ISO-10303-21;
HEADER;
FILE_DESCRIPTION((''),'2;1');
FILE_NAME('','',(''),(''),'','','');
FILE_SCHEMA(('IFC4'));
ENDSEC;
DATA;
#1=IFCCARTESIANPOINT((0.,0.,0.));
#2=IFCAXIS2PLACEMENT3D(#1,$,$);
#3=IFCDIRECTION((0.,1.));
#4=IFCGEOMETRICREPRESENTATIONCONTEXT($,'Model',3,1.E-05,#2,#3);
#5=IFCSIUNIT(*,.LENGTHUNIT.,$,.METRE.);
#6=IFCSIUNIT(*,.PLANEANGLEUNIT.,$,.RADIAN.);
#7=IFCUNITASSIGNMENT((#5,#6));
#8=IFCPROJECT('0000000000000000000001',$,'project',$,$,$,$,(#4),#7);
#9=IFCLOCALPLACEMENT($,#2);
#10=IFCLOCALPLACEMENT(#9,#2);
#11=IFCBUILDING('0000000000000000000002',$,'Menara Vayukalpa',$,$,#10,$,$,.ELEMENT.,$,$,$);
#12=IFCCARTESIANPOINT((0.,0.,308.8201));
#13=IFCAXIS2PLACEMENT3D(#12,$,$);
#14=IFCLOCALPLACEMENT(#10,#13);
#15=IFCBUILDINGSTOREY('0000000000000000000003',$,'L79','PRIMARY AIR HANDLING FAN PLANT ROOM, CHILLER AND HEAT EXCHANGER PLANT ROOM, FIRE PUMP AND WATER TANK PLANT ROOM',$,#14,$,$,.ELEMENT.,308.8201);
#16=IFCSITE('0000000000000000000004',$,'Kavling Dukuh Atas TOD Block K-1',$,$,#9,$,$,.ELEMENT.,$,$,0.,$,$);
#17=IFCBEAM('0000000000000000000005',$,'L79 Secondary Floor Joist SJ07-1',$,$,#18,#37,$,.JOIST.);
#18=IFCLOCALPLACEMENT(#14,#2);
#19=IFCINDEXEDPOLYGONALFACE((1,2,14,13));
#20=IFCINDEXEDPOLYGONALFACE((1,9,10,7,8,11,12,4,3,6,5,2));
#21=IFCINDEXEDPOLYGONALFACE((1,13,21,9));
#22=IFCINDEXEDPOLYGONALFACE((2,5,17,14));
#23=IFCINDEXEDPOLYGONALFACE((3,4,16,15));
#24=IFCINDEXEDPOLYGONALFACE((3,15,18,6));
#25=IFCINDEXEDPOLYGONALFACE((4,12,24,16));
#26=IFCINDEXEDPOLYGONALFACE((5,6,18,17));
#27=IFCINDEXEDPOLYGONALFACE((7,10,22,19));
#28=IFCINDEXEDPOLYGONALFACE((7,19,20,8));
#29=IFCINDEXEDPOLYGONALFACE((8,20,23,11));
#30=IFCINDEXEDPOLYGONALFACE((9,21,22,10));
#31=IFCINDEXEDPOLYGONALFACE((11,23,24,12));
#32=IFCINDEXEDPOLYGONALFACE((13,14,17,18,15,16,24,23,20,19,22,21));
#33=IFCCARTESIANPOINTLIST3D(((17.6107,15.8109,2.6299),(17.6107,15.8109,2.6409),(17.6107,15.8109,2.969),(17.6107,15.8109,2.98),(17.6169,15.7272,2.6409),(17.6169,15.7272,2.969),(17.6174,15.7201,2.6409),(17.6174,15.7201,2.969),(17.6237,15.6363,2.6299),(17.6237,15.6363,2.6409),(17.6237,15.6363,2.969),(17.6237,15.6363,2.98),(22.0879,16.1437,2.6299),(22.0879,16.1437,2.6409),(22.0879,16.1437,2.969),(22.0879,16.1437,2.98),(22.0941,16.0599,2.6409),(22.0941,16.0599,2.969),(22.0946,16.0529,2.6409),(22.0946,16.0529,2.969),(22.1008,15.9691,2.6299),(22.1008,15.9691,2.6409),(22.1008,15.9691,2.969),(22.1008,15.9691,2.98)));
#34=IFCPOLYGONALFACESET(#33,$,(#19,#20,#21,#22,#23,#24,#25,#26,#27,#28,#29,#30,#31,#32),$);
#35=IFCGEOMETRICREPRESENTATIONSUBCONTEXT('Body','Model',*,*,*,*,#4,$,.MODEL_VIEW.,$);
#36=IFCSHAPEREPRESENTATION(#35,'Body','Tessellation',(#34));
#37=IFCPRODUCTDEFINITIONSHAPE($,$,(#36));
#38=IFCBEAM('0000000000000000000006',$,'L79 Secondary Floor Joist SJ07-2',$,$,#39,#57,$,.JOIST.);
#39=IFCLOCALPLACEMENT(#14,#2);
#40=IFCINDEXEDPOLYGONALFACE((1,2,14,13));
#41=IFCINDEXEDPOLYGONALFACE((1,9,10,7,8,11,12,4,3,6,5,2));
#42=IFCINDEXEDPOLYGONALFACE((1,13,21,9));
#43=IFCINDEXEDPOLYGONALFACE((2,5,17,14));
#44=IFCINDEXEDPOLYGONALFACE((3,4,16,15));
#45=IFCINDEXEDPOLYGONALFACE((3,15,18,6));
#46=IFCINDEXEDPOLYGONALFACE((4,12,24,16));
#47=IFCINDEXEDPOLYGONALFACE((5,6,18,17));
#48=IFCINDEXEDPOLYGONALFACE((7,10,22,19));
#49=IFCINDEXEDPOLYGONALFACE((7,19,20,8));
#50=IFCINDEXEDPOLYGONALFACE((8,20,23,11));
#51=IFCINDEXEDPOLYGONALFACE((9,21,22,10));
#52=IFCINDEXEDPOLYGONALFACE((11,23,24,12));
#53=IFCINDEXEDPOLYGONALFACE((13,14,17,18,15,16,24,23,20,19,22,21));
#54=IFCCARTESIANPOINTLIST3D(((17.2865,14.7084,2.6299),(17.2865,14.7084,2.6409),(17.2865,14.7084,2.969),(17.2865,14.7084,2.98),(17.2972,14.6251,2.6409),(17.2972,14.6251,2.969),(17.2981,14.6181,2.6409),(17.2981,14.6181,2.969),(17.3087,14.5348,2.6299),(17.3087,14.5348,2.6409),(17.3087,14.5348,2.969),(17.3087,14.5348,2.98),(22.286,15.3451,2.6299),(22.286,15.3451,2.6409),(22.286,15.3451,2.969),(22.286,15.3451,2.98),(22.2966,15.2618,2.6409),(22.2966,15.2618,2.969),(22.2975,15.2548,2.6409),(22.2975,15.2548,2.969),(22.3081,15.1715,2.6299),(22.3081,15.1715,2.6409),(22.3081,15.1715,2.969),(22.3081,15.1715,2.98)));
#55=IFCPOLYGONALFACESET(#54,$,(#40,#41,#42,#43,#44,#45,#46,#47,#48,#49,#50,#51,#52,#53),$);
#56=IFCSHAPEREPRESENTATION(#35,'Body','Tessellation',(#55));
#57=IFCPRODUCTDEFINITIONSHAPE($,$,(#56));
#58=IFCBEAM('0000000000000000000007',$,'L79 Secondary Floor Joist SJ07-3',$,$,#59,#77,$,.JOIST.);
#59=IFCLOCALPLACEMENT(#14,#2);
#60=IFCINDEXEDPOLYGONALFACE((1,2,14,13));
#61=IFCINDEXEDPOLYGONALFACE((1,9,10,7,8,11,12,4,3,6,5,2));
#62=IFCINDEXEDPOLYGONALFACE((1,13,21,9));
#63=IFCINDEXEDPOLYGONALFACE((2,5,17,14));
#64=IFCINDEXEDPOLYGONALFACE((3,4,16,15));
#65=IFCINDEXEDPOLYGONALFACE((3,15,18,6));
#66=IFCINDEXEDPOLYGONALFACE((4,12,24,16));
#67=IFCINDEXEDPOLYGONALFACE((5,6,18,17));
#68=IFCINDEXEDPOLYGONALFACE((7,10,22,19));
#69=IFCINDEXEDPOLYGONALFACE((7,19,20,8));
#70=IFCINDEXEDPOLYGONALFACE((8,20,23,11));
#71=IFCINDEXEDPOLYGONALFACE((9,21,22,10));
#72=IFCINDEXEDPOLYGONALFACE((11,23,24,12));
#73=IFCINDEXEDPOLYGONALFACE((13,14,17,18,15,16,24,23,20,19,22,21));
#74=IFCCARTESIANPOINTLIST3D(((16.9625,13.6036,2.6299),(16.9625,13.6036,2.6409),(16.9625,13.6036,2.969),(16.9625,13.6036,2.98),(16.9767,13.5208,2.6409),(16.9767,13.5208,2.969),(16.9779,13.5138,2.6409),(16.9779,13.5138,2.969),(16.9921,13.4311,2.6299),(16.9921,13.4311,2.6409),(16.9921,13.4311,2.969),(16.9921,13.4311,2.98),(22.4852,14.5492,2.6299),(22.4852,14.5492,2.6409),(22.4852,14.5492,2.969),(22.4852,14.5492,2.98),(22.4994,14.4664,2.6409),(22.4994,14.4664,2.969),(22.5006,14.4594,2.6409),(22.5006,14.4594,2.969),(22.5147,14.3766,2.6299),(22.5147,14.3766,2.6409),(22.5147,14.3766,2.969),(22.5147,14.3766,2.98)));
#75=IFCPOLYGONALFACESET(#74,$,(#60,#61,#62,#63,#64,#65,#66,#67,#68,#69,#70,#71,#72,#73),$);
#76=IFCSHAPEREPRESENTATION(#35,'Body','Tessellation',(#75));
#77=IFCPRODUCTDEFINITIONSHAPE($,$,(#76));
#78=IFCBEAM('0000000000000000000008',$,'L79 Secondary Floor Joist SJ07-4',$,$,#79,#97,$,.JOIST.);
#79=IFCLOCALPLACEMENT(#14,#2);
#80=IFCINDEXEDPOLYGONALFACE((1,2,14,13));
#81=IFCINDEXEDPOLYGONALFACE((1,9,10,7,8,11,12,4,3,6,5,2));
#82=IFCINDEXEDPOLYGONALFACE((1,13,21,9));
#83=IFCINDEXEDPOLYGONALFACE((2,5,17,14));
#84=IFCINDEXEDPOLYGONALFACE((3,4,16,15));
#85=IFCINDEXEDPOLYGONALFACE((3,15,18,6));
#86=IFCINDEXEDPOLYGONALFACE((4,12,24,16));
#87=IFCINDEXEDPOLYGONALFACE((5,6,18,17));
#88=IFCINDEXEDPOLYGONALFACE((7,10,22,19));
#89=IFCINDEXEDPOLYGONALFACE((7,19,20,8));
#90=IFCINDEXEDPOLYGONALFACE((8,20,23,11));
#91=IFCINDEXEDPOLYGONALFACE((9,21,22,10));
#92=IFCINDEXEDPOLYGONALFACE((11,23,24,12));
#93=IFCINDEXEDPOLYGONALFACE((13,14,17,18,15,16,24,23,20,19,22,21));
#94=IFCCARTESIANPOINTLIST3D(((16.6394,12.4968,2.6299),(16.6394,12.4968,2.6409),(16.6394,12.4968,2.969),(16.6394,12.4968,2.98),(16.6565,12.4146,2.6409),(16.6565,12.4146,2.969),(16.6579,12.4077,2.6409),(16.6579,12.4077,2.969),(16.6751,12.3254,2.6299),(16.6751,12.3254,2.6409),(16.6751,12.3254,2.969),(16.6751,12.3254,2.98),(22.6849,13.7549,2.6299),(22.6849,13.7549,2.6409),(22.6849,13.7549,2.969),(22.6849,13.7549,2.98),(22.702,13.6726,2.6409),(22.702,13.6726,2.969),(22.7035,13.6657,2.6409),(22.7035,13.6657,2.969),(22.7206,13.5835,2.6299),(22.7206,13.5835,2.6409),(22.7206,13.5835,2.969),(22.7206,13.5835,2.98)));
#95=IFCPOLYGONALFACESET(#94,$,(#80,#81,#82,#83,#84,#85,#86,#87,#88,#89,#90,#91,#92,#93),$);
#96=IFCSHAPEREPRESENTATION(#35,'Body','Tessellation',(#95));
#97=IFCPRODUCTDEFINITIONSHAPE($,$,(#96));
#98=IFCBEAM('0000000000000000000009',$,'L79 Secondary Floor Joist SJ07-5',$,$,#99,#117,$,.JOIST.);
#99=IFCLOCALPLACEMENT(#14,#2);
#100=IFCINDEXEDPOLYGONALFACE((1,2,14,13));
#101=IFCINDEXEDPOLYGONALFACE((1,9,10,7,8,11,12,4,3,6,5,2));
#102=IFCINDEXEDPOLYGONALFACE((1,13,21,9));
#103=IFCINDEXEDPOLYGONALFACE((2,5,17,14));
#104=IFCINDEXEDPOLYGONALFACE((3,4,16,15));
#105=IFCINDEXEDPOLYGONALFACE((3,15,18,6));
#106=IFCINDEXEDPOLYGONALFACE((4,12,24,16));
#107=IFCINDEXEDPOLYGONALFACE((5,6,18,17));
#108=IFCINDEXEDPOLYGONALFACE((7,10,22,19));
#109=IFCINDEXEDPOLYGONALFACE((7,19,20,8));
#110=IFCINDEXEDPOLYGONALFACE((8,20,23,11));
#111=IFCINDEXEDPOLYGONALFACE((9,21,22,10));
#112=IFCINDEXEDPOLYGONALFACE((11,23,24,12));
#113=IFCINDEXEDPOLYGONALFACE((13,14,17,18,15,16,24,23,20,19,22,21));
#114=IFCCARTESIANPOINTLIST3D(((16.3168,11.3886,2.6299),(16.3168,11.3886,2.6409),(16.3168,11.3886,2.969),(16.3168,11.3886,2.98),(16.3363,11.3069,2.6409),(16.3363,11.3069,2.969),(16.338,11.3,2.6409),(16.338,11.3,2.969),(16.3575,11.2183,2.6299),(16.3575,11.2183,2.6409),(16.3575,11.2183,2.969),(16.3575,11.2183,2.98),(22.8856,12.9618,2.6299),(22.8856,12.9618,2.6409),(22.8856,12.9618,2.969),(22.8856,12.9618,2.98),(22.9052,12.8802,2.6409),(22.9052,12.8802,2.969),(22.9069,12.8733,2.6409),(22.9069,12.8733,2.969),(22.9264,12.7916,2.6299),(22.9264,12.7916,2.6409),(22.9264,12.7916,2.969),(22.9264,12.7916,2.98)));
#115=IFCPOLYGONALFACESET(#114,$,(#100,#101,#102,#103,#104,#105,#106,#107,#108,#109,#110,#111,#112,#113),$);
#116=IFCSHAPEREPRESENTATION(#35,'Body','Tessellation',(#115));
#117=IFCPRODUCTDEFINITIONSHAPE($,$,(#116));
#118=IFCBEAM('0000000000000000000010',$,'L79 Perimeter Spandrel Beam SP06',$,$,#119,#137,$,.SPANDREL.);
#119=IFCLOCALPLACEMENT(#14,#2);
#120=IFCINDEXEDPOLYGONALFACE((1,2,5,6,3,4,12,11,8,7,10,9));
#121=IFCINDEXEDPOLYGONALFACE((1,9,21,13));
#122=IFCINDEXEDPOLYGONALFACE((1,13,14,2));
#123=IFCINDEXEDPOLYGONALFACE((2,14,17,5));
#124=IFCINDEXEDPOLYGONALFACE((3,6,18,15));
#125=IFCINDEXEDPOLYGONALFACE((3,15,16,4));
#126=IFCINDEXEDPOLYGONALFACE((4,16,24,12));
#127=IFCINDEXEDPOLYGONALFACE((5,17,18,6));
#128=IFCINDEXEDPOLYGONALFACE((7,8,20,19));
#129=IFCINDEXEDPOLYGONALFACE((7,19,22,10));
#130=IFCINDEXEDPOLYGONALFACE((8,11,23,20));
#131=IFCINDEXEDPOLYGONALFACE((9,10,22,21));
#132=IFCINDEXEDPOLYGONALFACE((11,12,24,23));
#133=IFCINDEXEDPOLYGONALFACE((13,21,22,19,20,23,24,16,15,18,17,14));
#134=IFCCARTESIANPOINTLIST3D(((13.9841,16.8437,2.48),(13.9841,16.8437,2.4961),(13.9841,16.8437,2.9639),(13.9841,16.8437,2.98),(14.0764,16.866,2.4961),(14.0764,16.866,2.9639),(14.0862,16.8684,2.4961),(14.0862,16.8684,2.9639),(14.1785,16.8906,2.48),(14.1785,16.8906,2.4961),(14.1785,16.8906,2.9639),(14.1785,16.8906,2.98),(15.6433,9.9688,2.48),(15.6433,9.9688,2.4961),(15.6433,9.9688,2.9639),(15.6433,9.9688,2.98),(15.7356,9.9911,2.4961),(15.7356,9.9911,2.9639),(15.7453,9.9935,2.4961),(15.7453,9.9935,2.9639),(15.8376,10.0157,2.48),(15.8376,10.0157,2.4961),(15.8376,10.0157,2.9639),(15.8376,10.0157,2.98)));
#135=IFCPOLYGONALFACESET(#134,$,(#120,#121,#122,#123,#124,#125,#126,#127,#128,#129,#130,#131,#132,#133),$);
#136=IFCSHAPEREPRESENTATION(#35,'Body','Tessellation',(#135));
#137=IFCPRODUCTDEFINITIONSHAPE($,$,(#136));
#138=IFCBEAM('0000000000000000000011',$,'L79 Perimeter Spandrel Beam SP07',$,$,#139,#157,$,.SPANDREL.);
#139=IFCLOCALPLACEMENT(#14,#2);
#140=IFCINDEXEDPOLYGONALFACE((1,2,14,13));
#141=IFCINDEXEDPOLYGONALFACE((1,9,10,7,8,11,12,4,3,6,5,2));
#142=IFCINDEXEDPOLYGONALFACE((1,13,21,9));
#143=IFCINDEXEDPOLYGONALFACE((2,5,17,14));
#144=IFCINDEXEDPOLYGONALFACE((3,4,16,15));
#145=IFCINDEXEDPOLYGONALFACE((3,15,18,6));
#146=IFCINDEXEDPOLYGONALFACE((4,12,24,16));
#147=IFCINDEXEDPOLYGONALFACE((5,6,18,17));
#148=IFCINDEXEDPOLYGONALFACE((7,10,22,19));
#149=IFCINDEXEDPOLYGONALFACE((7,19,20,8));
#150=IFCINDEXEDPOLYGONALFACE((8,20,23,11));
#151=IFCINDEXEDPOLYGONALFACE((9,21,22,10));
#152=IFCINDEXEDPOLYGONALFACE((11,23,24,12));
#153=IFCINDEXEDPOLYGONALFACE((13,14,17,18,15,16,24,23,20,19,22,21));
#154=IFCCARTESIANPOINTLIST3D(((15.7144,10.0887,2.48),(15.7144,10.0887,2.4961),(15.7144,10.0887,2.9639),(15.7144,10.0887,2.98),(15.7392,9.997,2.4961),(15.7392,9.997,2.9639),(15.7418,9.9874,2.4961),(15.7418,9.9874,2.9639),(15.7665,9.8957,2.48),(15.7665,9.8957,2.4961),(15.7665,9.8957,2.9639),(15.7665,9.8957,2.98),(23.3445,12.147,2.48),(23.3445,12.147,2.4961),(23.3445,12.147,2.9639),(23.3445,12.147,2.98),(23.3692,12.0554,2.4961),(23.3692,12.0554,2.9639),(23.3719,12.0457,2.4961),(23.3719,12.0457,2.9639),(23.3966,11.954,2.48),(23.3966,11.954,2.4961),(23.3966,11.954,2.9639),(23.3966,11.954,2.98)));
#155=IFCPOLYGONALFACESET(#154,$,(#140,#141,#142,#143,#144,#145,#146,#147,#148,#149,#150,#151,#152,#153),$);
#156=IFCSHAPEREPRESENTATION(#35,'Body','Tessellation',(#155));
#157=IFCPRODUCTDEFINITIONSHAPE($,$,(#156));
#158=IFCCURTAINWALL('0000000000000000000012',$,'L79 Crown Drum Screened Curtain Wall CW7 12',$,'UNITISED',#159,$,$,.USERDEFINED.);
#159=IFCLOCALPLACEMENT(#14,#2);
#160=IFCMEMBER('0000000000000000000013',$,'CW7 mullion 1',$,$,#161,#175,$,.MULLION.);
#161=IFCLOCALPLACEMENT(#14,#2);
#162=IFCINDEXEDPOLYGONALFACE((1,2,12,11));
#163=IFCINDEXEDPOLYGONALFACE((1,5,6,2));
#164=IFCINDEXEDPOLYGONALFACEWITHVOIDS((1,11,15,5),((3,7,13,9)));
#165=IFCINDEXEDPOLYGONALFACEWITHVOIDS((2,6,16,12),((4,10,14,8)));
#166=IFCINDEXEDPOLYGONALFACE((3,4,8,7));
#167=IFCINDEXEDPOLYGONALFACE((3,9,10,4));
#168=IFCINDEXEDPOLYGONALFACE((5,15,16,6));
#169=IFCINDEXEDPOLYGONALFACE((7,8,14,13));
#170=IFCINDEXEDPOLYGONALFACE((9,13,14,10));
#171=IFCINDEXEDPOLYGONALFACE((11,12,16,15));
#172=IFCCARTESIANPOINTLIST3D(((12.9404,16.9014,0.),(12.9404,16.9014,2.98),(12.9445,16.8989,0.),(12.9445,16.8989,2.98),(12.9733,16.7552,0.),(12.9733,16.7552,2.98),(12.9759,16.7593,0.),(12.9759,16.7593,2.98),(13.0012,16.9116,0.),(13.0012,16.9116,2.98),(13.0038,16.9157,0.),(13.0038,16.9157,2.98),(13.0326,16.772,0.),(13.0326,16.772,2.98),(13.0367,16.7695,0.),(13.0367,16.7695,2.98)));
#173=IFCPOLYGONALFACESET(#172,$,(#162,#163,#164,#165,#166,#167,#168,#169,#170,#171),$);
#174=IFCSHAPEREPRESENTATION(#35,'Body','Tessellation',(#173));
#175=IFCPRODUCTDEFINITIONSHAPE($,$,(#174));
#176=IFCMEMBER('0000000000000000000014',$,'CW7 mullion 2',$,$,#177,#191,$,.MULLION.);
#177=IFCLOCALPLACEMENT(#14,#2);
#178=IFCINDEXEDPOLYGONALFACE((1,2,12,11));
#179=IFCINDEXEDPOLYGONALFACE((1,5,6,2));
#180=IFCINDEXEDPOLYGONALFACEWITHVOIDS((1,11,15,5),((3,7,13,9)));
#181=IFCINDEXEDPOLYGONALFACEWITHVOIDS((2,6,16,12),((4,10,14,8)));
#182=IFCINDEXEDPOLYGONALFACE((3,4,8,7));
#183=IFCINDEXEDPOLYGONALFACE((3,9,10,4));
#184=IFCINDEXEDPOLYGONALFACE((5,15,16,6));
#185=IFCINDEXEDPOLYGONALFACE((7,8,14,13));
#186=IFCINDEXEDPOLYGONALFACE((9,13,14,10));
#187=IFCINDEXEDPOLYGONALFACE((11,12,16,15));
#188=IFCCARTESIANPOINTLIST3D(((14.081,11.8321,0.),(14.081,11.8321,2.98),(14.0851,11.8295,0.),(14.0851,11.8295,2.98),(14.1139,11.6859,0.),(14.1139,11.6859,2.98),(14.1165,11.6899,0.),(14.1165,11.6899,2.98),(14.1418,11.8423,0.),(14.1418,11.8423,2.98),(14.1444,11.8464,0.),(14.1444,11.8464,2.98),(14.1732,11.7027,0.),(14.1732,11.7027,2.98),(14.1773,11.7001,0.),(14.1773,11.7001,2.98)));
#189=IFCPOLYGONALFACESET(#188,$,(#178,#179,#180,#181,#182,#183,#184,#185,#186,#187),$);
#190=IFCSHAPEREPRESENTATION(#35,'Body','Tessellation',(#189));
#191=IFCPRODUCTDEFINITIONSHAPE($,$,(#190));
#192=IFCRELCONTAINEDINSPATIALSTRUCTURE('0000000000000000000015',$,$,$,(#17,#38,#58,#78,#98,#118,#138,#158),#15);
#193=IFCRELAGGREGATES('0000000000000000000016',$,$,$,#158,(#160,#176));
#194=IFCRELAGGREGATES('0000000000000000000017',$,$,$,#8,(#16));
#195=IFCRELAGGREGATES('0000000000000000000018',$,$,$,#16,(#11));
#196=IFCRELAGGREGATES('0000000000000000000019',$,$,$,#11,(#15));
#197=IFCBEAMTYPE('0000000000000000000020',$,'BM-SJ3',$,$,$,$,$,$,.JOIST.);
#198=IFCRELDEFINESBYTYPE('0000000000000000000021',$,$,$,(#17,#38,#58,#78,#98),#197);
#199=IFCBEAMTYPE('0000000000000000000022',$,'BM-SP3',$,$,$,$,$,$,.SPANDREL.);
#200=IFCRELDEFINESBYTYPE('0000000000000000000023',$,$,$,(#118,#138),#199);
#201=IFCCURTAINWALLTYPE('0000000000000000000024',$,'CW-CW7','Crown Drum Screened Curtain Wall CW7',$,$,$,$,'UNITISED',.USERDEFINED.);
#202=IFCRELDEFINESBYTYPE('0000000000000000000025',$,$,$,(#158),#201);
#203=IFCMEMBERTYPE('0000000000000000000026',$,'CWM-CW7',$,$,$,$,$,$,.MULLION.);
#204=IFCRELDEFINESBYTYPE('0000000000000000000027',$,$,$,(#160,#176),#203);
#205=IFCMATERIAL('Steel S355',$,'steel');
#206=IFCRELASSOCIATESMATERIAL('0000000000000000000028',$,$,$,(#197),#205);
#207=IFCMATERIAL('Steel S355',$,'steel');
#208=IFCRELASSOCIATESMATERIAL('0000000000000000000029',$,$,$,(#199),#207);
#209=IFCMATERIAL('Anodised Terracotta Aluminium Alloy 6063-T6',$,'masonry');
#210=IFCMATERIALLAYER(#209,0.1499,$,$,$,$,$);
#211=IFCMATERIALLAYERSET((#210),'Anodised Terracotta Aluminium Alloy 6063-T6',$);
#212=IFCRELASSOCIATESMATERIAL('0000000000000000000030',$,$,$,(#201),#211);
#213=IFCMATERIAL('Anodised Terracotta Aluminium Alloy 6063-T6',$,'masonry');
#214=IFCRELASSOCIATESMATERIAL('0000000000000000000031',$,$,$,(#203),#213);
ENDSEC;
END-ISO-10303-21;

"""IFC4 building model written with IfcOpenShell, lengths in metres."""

from ifc_helpers import new_model, si_unit, direction, frame, origin, origin_2d, place, context, subcontext, project, spatial, hollow_rectangle, i_section, extrude, material, layer, layer_set, material_profile, profile_set, type_object, element, aggregate, save


model = new_model("IFC4")

# Units and contexts
model_context = context("Model", 3, precision=1e-05, world=origin(), true_north=direction((0.0, 1.0)))
body_context = subcontext(model_context, "Body", "Model", "MODEL_VIEW")
ifc_project = project(units=[si_unit("LENGTHUNIT", "METRE"), si_unit("PLANEANGLEUNIT", "RADIAN")], contexts=[model_context])

# Site, building, storey
site_placement = place(None, origin())
site = spatial("IfcSite", under=ifc_project, at=site_placement, Name="Kavling Dukuh Atas TOD Block K-1", CompositionType="ELEMENT", RefElevation=0.0)
building_placement = place(site_placement, origin())
building = spatial("IfcBuilding", under=site, at=building_placement, Name="Menara Vayukalpa", CompositionType="ELEMENT")
storey_placement = place(building_placement, frame((0.0, 0.0, 308.8201)))
storey = spatial("IfcBuildingStorey", under=building, at=storey_placement, Name="L79", Description="PRIMARY AIR HANDLING FAN PLANT ROOM, CHILLER AND HEAT EXCHANGER PLANT ROOM, FIRE PUMP AND WATER TANK PLANT ROOM", CompositionType="ELEMENT", Elevation=308.8201)

# Beams
ifc_material_1 = material(Name="Steel S355", Category="steel")
ifc_material_profile_1 = material_profile(ifc_material_1, i_section(OverallWidth=0.175, OverallDepth=0.3501, WebThickness=0.0071, FlangeThickness=0.011, at=origin_2d()), Name="WF 350x175x7x11")
ifc_profile_set_1 = profile_set([ifc_material_profile_1], Name="Steel S355")
beam_type_1 = type_object("IfcBeamType", Name="BM-SJ3", PredefinedType="JOIST", material=ifc_profile_set_1)
beam_1_placement = place(storey_placement, frame((17.6172, 15.7236, 2.8049), z_axis=(0.997249, 0.074122, 0.0), x_axis=(-0.074122, 0.997249, 0.0)))
element("IfcBeam", 1, at=beam_1_placement, inside=storey, type_object=beam_type_1, Name="L79 Secondary Floor Joist SJ07-1", PredefinedType="JOIST", context=body_context, shape_type="SweptSolid", body=[
    extrude(i_section(OverallWidth=0.175, OverallDepth=0.3501, WebThickness=0.0071, FlangeThickness=0.011, at=origin_2d()), origin(), (0.0, 0.0, 1.0), 4.4895),
])
beam_2_placement = place(storey_placement, frame((17.2976, 14.6216, 2.8049), z_axis=(0.991988, 0.126336, 0.0), x_axis=(-0.126336, 0.991988, 0.0)))
element("IfcBeam", 2, at=beam_2_placement, inside=storey, type_object=beam_type_1, Name="L79 Secondary Floor Joist SJ07-2", PredefinedType="JOIST", context=body_context, shape_type="SweptSolid", body=[
    extrude(i_section(OverallWidth=0.175, OverallDepth=0.3501, WebThickness=0.0071, FlangeThickness=0.011, at=origin_2d()), origin(), (0.0, 0.0, 1.0), 5.0398),
])
beam_3_placement = place(storey_placement, frame((16.9773, 13.5173, 2.8049), z_axis=(0.985658, 0.168757, 0.0), x_axis=(-0.168757, 0.985658, 0.0)))
element("IfcBeam", 3, at=beam_3_placement, inside=storey, type_object=beam_type_1, Name="L79 Secondary Floor Joist SJ07-3", PredefinedType="JOIST", context=body_context, shape_type="SweptSolid", body=[
    extrude(i_section(OverallWidth=0.175, OverallDepth=0.3501, WebThickness=0.0071, FlangeThickness=0.011, at=origin_2d()), origin(), (0.0, 0.0, 1.0), 5.603),
])
beam_4_placement = place(storey_placement, frame((16.6572, 12.4111, 2.8049), z_axis=(0.979027, 0.203728, 0.0), x_axis=(-0.203728, 0.979027, 0.0)))
element("IfcBeam", 4, at=beam_4_placement, inside=storey, type_object=beam_type_1, Name="L79 Secondary Floor Joist SJ07-4", PredefinedType="JOIST", context=body_context, shape_type="SweptSolid", body=[
    extrude(i_section(OverallWidth=0.175, OverallDepth=0.3501, WebThickness=0.0071, FlangeThickness=0.011, at=origin_2d()), origin(), (0.0, 0.0, 1.0), 6.175),
])
beam_5_placement = place(storey_placement, frame((16.3372, 11.3035, 2.8049), z_axis=(0.972497, 0.232914, 0.0), x_axis=(-0.232914, 0.972497, 0.0)))
element("IfcBeam", 5, at=beam_5_placement, inside=storey, type_object=beam_type_1, Name="L79 Secondary Floor Joist SJ07-5", PredefinedType="JOIST", context=body_context, shape_type="SweptSolid", body=[
    extrude(i_section(OverallWidth=0.175, OverallDepth=0.3501, WebThickness=0.0071, FlangeThickness=0.011, at=origin_2d()), origin(), (0.0, 0.0, 1.0), 6.7546),
])
ifc_material_2 = material(Name="Steel S355", Category="steel")
ifc_material_profile_2 = material_profile(ifc_material_2, i_section(OverallWidth=0.2, OverallDepth=0.5, WebThickness=0.01, FlangeThickness=0.0161, at=origin_2d()), Name="WF 500x200x10x16")
ifc_profile_set_2 = profile_set([ifc_material_profile_2], Name="Steel S355")
beam_type_2 = type_object("IfcBeamType", Name="BM-SP3", PredefinedType="SPANDREL", material=ifc_profile_set_2)
beam_6_placement = place(storey_placement, frame((14.0813, 16.8672, 2.73), z_axis=(0.2346, -0.972092, 0.0), x_axis=(0.972092, 0.2346, 0.0)))
element("IfcBeam", 6, at=beam_6_placement, inside=storey, type_object=beam_type_2, Name="L79 Perimeter Spandrel Beam SP06", PredefinedType="SPANDREL", context=body_context, shape_type="SweptSolid", body=[
    extrude(i_section(OverallWidth=0.2, OverallDepth=0.5, WebThickness=0.01, FlangeThickness=0.0161, at=origin_2d()), origin(), (0.0, 0.0, 1.0), 7.0723),
])
beam_7_placement = place(storey_placement, frame((15.7405, 9.9922, 2.73), z_axis=(0.965486, 0.260455, 0.0), x_axis=(-0.260455, 0.965486, 0.0)))
element("IfcBeam", 7, at=beam_7_placement, inside=storey, type_object=beam_type_2, Name="L79 Perimeter Spandrel Beam SP07", PredefinedType="SPANDREL", context=body_context, shape_type="SweptSolid", body=[
    extrude(i_section(OverallWidth=0.2, OverallDepth=0.5, WebThickness=0.01, FlangeThickness=0.0161, at=origin_2d()), origin(), (0.0, 0.0, 1.0), 7.9028),
])

# Curtain wall, members
ifc_material_3 = material(Name="Anodised Terracotta Aluminium Alloy 6063-T6", Category="masonry")
ifc_layer_1 = layer(ifc_material_3, 0.1499)
ifc_layer_set_1 = layer_set([ifc_layer_1], Name="Anodised Terracotta Aluminium Alloy 6063-T6")
curtain_wall_type = type_object("IfcCurtainWallType", Name="CW-CW7", Description="Crown Drum Screened Curtain Wall CW7", ElementType="UNITISED", PredefinedType="USERDEFINED", material=ifc_layer_set_1)
curtain_wall_placement = place(storey_placement, origin())
curtain_wall = element("IfcCurtainWall", 8, at=curtain_wall_placement, inside=storey, type_object=curtain_wall_type, Name="L79 Crown Drum Screened Curtain Wall CW7 12", ObjectType="UNITISED", PredefinedType="USERDEFINED")
ifc_material_4 = material(Name="Anodised Terracotta Aluminium Alloy 6063-T6", Category="masonry")
ifc_material_profile_3 = material_profile(ifc_material_4, hollow_rectangle(XDim=0.0649, YDim=0.1499, WallThickness=0.0034, at=origin_2d()), Name="ALU 65x150x3.5")
ifc_profile_set_3 = profile_set([ifc_material_profile_3], Name="Anodised Terracotta Aluminium Alloy 6063-T6")
member_type_1 = type_object("IfcMemberType", Name="CWM-CW7", PredefinedType="MULLION", material=ifc_profile_set_3)
member_1_placement = place(storey_placement, frame((12.9885, 16.8354, 0.0), z_axis=(0.0, 0.0, 1.0), x_axis=(0.975609, 0.219516, 0.0)))
member_1 = element("IfcMember", 9, at=member_1_placement, type_object=member_type_1, Name="CW7 mullion 1", PredefinedType="MULLION", context=body_context, shape_type="SweptSolid", body=[
    extrude(hollow_rectangle(XDim=0.0649, YDim=0.1499, WallThickness=0.0034, at=origin_2d()), origin(), (0.0, 0.0, 1.0), 2.98),
])
member_2_placement = place(storey_placement, frame((14.1292, 11.7661, 0.0), z_axis=(0.0, 0.0, 1.0), x_axis=(0.975609, 0.219516, 0.0)))
member_2 = element("IfcMember", 10, at=member_2_placement, type_object=member_type_1, Name="CW7 mullion 2", PredefinedType="MULLION", context=body_context, shape_type="SweptSolid", body=[
    extrude(hollow_rectangle(XDim=0.0649, YDim=0.1499, WallThickness=0.0034, at=origin_2d()), origin(), (0.0, 0.0, 1.0), 2.98),
])
aggregate(curtain_wall, [member_1, member_2])

save(model, "model.ifc")
